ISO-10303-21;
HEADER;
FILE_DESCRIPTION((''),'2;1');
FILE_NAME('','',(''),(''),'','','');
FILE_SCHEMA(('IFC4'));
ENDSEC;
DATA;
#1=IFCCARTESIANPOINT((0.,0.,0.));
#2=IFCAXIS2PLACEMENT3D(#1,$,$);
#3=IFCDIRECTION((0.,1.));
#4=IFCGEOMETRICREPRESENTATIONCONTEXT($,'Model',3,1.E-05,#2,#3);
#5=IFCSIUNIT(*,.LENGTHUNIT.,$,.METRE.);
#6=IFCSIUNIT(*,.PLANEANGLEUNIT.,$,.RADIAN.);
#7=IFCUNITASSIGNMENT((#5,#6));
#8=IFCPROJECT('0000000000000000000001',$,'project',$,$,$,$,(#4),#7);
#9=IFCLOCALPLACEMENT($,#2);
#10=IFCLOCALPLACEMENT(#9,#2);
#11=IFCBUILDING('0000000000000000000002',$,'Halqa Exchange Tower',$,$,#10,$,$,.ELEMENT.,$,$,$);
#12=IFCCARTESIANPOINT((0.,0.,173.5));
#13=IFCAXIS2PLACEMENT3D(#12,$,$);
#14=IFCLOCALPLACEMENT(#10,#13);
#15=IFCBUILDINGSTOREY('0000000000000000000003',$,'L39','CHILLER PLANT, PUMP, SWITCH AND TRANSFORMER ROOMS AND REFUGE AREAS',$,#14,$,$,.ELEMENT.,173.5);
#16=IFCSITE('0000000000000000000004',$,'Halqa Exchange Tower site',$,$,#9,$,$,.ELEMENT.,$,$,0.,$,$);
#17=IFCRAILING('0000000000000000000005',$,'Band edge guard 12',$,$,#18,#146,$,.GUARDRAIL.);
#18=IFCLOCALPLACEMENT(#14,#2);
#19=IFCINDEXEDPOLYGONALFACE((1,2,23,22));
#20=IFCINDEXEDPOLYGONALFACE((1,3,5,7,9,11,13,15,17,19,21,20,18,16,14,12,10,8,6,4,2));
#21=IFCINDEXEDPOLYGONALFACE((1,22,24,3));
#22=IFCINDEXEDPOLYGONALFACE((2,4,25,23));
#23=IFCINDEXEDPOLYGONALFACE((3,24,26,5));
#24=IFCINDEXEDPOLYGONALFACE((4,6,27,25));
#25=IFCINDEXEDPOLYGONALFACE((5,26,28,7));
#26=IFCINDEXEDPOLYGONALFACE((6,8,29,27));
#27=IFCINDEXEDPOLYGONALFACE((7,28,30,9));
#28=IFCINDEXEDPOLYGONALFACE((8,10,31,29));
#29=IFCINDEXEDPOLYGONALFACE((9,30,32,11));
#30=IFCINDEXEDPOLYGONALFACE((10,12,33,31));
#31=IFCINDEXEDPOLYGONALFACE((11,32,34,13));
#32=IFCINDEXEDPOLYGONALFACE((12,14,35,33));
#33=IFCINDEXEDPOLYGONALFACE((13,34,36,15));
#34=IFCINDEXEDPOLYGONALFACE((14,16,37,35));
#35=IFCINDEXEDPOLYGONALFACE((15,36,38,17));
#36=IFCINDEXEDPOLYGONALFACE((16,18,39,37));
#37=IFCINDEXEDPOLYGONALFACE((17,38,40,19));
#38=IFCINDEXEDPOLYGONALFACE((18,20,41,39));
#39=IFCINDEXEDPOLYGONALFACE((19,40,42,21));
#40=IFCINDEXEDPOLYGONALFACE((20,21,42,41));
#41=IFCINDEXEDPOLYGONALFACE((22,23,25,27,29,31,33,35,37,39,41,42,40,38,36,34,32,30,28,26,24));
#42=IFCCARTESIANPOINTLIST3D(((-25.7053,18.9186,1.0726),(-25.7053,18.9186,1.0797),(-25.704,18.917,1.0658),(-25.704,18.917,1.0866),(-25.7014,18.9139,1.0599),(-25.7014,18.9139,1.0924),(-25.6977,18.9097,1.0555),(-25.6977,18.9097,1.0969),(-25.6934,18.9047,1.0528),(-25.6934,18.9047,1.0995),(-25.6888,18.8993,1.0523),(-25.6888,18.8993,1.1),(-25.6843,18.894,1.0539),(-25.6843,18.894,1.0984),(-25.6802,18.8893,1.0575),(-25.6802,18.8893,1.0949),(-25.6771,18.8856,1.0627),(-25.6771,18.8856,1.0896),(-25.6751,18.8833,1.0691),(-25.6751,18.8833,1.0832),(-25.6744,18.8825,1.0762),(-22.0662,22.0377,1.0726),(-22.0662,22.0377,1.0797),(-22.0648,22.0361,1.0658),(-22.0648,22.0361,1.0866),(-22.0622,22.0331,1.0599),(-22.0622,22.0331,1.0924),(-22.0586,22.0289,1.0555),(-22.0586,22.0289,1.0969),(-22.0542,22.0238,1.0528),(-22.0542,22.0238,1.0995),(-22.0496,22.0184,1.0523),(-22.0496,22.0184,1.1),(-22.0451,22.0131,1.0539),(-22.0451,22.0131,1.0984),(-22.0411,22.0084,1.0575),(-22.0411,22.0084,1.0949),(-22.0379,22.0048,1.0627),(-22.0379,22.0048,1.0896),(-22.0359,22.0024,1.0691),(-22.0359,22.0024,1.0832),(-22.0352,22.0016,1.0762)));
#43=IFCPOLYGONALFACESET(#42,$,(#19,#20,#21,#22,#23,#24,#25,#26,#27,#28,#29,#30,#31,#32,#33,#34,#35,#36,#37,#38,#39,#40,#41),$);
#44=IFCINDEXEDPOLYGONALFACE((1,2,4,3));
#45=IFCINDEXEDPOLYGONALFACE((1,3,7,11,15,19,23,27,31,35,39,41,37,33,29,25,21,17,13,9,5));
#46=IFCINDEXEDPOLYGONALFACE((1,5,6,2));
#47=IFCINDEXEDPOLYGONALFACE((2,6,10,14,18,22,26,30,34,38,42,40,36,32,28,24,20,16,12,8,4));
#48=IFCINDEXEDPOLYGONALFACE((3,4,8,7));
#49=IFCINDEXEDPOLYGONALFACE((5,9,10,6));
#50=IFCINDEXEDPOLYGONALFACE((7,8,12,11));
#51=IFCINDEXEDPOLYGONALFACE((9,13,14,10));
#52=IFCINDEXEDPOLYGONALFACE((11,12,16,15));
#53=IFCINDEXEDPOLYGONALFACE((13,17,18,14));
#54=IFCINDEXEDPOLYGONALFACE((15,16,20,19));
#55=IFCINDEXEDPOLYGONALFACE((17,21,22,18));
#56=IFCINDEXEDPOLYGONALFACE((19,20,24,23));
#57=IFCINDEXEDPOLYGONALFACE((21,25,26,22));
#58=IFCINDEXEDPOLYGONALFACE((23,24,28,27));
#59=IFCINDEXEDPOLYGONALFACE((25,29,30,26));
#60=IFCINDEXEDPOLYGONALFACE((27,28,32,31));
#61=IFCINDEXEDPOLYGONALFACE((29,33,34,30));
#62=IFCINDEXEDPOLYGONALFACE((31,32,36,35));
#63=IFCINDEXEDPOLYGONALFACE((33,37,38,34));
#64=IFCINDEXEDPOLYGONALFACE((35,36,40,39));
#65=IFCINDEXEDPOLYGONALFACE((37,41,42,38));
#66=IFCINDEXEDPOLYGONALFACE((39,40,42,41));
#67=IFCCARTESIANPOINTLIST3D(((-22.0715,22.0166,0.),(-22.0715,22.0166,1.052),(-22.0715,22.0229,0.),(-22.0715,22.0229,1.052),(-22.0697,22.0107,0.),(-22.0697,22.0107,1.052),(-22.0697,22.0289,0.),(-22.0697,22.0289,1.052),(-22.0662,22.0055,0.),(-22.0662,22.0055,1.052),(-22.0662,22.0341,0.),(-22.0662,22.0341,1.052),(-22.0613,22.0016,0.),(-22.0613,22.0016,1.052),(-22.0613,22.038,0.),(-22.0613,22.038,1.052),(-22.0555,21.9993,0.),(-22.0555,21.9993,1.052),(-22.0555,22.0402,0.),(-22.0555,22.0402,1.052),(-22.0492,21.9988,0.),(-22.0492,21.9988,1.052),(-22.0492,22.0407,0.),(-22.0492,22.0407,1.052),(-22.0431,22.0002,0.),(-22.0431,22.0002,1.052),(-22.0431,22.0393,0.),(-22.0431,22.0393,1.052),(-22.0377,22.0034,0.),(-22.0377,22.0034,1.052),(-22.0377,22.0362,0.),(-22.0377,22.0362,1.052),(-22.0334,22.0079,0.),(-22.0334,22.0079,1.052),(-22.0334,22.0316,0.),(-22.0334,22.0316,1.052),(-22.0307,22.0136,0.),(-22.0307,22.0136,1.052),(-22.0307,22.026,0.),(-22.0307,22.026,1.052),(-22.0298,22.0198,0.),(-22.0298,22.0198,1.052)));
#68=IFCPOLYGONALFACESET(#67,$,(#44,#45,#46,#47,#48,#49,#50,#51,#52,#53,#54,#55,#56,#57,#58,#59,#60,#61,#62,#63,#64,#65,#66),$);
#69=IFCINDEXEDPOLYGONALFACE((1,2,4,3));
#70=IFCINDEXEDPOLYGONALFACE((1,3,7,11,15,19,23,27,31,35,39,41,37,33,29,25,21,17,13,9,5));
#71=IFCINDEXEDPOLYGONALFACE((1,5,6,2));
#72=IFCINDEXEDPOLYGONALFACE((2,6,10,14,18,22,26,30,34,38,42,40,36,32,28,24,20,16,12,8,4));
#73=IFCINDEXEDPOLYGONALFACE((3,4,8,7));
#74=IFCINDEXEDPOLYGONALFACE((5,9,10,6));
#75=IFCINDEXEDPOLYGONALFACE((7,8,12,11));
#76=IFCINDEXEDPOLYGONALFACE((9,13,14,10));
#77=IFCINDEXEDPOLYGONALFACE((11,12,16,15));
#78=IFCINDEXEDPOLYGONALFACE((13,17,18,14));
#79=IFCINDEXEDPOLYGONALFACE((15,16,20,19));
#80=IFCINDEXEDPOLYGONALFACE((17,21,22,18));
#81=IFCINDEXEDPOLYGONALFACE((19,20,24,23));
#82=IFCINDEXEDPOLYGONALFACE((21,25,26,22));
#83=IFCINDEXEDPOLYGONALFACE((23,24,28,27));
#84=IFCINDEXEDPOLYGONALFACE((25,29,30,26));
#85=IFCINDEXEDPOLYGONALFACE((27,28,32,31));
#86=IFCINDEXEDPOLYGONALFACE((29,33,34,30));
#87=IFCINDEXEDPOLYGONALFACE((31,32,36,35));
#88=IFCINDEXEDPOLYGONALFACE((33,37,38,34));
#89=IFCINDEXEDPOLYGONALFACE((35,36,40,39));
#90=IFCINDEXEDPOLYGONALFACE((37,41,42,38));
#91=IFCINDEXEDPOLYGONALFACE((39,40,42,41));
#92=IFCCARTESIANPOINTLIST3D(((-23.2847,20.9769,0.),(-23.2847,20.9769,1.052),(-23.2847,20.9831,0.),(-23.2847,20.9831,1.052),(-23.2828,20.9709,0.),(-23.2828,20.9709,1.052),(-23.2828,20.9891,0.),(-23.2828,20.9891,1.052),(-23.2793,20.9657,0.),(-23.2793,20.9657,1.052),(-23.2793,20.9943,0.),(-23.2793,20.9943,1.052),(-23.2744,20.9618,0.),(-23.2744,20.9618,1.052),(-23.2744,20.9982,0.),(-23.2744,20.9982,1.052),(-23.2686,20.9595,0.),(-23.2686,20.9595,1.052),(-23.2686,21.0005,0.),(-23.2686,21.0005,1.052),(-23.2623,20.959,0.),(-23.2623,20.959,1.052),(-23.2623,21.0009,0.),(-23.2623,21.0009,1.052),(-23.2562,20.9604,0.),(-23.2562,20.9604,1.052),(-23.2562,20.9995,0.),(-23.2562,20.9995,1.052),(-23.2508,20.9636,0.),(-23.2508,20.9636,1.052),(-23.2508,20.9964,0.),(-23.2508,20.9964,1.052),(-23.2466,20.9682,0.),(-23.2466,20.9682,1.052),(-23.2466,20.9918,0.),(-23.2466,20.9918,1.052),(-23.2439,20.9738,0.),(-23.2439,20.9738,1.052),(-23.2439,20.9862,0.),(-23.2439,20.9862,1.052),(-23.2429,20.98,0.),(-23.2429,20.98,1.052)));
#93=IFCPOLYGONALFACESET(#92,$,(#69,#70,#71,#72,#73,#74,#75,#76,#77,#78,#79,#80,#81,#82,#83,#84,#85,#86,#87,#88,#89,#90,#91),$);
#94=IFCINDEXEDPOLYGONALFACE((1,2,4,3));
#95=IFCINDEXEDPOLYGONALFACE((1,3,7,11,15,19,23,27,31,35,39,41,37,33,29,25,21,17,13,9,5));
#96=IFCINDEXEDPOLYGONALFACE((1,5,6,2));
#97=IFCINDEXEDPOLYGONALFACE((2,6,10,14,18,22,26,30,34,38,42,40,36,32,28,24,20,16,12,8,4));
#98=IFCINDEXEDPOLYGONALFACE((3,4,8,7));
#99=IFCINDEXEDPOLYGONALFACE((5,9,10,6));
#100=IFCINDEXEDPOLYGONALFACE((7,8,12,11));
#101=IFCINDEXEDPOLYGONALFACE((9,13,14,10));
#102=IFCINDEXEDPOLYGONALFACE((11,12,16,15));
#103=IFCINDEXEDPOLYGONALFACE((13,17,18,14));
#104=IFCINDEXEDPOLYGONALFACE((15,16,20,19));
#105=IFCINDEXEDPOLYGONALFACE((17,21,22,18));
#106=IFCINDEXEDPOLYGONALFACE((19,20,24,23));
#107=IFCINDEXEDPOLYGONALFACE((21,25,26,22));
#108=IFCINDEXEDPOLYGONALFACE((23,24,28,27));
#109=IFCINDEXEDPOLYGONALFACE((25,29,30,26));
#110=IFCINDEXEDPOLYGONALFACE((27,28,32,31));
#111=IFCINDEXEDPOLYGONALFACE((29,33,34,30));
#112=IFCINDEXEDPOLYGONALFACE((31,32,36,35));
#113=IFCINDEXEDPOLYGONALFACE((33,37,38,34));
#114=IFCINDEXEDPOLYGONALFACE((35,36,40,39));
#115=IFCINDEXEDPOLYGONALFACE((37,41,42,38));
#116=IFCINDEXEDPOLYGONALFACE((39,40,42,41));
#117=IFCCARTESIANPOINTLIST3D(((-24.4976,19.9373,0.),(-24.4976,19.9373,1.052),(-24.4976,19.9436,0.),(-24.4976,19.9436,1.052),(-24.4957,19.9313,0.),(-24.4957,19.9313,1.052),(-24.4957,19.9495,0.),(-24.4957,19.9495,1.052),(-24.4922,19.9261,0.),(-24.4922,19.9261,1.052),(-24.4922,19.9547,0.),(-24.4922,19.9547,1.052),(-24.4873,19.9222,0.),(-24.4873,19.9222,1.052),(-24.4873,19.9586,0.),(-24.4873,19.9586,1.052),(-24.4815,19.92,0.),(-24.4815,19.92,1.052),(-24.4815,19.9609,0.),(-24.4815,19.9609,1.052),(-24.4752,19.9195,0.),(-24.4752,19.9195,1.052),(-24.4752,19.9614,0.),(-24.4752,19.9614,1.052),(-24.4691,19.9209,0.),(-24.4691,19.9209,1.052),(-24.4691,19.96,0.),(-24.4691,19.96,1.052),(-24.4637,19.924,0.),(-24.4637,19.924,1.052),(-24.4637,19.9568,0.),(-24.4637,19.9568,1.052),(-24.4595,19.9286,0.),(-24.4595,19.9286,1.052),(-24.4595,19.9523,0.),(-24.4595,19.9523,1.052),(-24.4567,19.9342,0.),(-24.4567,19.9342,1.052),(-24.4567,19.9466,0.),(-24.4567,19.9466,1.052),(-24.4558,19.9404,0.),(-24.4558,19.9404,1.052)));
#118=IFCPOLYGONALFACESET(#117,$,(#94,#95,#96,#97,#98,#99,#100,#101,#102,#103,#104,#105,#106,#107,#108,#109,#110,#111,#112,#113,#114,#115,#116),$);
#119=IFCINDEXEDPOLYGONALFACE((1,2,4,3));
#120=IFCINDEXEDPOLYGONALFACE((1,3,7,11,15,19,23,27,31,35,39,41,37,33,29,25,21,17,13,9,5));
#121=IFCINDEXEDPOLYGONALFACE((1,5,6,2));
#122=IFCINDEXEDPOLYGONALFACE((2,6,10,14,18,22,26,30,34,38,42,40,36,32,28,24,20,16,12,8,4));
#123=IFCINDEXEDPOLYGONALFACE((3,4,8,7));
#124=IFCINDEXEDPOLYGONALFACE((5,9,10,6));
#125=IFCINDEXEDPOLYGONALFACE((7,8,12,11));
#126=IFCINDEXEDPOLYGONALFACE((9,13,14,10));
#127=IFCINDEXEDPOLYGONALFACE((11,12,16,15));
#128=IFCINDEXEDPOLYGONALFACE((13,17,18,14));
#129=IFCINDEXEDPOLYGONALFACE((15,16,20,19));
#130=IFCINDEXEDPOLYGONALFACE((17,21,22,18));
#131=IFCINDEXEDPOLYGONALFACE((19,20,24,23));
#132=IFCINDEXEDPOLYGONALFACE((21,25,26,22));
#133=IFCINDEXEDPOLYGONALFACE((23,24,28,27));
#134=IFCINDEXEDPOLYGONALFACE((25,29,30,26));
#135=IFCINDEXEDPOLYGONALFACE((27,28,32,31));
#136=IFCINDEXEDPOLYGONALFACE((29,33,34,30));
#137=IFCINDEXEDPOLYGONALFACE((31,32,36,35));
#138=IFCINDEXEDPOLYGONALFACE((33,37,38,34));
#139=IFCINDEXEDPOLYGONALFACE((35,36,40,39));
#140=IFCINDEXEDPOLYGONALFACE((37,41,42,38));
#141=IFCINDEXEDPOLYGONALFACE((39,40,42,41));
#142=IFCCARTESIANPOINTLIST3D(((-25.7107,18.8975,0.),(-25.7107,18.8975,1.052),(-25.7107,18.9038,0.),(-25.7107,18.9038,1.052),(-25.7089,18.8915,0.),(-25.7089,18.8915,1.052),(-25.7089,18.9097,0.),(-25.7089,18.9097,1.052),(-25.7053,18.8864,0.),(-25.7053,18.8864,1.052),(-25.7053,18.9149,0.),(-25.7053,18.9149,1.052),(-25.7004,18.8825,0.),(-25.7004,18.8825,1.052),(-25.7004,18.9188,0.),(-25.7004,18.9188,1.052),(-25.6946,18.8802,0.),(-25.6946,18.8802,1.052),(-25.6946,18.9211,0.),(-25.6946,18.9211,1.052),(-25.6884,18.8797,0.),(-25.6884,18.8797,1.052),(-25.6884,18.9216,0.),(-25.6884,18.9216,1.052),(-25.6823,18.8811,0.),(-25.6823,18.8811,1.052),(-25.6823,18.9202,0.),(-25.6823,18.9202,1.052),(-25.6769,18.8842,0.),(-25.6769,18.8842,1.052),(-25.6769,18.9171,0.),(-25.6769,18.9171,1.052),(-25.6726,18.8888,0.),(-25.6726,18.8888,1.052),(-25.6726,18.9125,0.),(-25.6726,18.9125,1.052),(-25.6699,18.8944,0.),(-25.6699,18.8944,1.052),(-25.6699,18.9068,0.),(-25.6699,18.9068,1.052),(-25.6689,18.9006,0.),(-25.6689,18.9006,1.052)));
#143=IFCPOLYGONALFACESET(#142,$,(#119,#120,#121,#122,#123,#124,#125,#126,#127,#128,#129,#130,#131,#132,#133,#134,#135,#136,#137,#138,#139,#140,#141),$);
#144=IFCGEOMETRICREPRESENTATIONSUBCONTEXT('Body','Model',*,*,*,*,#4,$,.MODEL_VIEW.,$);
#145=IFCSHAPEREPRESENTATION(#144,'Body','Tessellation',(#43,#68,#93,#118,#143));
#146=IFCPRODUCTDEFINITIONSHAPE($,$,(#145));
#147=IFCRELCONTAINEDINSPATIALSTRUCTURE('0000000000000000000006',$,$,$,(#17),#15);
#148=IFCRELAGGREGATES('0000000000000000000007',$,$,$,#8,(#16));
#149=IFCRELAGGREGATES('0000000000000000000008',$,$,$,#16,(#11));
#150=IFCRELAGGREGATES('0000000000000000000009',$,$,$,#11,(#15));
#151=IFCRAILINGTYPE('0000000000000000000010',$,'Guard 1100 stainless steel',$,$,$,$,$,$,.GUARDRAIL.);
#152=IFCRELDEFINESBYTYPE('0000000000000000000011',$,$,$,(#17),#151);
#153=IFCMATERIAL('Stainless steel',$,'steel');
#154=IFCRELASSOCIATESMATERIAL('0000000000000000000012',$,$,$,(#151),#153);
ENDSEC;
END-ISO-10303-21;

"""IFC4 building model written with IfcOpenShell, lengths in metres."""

from ifc_helpers import new_model, si_unit, direction, frame, origin, origin_2d, place, context, subcontext, project, spatial, circle, extrude, material, type_object, element, save


model = new_model("IFC4")

# Units and contexts
model_context = context("Model", 3, precision=1e-05, world=origin(), true_north=direction((0.0, 1.0)))
body_context = subcontext(model_context, "Body", "Model", "MODEL_VIEW")
ifc_project = project(units=[si_unit("LENGTHUNIT", "METRE"), si_unit("PLANEANGLEUNIT", "RADIAN")], contexts=[model_context])

# Site, building, storey
site_placement = place(None, origin())
site = spatial("IfcSite", under=ifc_project, at=site_placement, Name="Halqa Exchange Tower site", CompositionType="ELEMENT", RefElevation=0.0)
building_placement = place(site_placement, origin())
building = spatial("IfcBuilding", under=site, at=building_placement, Name="Halqa Exchange Tower", CompositionType="ELEMENT")
storey_placement = place(building_placement, frame((0.0, 0.0, 173.5)))
storey = spatial("IfcBuildingStorey", under=building, at=storey_placement, Name="L39", Description="CHILLER PLANT, PUMP, SWITCH AND TRANSFORMER ROOMS AND REFUGE AREAS", CompositionType="ELEMENT", Elevation=173.5)

# Railing
ifc_material_1 = material(Name="Stainless steel", Category="steel")
railing_type = type_object("IfcRailingType", Name="Guard 1100 stainless steel", PredefinedType="GUARDRAIL", material=ifc_material_1)
railing_1_placement = place(storey_placement, frame((-22.0508, 22.0198, 0.0)))
element("IfcRailing", 1, at=railing_1_placement, inside=storey, type_object=railing_type, Name="Band edge guard 12", PredefinedType="GUARDRAIL", context=body_context, shape_type="SweptSolid", body=[
    extrude(circle(Radius=0.0239, at=origin_2d()), frame((0.0, 0.0, 1.0762), z_axis=(-0.759271, -0.650775, 0.0), x_axis=(0.650775, -0.759271, 0.0)), (0.0, 0.0, 1.0), 4.793),
    extrude(circle(Radius=0.021, at=origin_2d()), origin(), (0.0, 0.0, 1.0), 1.052),
    extrude(circle(Radius=0.021, at=origin_2d()), frame((-1.2131, -1.0398, 0.0)), (0.0, 0.0, 1.0), 1.052),
    extrude(circle(Radius=0.021, at=origin_2d()), frame((-2.426, -2.0793, 0.0)), (0.0, 0.0, 1.0), 1.052),
    extrude(circle(Radius=0.021, at=origin_2d()), frame((-3.6392, -3.1191, 0.0)), (0.0, 0.0, 1.0), 1.052),
])

save(model, "model.ifc")
